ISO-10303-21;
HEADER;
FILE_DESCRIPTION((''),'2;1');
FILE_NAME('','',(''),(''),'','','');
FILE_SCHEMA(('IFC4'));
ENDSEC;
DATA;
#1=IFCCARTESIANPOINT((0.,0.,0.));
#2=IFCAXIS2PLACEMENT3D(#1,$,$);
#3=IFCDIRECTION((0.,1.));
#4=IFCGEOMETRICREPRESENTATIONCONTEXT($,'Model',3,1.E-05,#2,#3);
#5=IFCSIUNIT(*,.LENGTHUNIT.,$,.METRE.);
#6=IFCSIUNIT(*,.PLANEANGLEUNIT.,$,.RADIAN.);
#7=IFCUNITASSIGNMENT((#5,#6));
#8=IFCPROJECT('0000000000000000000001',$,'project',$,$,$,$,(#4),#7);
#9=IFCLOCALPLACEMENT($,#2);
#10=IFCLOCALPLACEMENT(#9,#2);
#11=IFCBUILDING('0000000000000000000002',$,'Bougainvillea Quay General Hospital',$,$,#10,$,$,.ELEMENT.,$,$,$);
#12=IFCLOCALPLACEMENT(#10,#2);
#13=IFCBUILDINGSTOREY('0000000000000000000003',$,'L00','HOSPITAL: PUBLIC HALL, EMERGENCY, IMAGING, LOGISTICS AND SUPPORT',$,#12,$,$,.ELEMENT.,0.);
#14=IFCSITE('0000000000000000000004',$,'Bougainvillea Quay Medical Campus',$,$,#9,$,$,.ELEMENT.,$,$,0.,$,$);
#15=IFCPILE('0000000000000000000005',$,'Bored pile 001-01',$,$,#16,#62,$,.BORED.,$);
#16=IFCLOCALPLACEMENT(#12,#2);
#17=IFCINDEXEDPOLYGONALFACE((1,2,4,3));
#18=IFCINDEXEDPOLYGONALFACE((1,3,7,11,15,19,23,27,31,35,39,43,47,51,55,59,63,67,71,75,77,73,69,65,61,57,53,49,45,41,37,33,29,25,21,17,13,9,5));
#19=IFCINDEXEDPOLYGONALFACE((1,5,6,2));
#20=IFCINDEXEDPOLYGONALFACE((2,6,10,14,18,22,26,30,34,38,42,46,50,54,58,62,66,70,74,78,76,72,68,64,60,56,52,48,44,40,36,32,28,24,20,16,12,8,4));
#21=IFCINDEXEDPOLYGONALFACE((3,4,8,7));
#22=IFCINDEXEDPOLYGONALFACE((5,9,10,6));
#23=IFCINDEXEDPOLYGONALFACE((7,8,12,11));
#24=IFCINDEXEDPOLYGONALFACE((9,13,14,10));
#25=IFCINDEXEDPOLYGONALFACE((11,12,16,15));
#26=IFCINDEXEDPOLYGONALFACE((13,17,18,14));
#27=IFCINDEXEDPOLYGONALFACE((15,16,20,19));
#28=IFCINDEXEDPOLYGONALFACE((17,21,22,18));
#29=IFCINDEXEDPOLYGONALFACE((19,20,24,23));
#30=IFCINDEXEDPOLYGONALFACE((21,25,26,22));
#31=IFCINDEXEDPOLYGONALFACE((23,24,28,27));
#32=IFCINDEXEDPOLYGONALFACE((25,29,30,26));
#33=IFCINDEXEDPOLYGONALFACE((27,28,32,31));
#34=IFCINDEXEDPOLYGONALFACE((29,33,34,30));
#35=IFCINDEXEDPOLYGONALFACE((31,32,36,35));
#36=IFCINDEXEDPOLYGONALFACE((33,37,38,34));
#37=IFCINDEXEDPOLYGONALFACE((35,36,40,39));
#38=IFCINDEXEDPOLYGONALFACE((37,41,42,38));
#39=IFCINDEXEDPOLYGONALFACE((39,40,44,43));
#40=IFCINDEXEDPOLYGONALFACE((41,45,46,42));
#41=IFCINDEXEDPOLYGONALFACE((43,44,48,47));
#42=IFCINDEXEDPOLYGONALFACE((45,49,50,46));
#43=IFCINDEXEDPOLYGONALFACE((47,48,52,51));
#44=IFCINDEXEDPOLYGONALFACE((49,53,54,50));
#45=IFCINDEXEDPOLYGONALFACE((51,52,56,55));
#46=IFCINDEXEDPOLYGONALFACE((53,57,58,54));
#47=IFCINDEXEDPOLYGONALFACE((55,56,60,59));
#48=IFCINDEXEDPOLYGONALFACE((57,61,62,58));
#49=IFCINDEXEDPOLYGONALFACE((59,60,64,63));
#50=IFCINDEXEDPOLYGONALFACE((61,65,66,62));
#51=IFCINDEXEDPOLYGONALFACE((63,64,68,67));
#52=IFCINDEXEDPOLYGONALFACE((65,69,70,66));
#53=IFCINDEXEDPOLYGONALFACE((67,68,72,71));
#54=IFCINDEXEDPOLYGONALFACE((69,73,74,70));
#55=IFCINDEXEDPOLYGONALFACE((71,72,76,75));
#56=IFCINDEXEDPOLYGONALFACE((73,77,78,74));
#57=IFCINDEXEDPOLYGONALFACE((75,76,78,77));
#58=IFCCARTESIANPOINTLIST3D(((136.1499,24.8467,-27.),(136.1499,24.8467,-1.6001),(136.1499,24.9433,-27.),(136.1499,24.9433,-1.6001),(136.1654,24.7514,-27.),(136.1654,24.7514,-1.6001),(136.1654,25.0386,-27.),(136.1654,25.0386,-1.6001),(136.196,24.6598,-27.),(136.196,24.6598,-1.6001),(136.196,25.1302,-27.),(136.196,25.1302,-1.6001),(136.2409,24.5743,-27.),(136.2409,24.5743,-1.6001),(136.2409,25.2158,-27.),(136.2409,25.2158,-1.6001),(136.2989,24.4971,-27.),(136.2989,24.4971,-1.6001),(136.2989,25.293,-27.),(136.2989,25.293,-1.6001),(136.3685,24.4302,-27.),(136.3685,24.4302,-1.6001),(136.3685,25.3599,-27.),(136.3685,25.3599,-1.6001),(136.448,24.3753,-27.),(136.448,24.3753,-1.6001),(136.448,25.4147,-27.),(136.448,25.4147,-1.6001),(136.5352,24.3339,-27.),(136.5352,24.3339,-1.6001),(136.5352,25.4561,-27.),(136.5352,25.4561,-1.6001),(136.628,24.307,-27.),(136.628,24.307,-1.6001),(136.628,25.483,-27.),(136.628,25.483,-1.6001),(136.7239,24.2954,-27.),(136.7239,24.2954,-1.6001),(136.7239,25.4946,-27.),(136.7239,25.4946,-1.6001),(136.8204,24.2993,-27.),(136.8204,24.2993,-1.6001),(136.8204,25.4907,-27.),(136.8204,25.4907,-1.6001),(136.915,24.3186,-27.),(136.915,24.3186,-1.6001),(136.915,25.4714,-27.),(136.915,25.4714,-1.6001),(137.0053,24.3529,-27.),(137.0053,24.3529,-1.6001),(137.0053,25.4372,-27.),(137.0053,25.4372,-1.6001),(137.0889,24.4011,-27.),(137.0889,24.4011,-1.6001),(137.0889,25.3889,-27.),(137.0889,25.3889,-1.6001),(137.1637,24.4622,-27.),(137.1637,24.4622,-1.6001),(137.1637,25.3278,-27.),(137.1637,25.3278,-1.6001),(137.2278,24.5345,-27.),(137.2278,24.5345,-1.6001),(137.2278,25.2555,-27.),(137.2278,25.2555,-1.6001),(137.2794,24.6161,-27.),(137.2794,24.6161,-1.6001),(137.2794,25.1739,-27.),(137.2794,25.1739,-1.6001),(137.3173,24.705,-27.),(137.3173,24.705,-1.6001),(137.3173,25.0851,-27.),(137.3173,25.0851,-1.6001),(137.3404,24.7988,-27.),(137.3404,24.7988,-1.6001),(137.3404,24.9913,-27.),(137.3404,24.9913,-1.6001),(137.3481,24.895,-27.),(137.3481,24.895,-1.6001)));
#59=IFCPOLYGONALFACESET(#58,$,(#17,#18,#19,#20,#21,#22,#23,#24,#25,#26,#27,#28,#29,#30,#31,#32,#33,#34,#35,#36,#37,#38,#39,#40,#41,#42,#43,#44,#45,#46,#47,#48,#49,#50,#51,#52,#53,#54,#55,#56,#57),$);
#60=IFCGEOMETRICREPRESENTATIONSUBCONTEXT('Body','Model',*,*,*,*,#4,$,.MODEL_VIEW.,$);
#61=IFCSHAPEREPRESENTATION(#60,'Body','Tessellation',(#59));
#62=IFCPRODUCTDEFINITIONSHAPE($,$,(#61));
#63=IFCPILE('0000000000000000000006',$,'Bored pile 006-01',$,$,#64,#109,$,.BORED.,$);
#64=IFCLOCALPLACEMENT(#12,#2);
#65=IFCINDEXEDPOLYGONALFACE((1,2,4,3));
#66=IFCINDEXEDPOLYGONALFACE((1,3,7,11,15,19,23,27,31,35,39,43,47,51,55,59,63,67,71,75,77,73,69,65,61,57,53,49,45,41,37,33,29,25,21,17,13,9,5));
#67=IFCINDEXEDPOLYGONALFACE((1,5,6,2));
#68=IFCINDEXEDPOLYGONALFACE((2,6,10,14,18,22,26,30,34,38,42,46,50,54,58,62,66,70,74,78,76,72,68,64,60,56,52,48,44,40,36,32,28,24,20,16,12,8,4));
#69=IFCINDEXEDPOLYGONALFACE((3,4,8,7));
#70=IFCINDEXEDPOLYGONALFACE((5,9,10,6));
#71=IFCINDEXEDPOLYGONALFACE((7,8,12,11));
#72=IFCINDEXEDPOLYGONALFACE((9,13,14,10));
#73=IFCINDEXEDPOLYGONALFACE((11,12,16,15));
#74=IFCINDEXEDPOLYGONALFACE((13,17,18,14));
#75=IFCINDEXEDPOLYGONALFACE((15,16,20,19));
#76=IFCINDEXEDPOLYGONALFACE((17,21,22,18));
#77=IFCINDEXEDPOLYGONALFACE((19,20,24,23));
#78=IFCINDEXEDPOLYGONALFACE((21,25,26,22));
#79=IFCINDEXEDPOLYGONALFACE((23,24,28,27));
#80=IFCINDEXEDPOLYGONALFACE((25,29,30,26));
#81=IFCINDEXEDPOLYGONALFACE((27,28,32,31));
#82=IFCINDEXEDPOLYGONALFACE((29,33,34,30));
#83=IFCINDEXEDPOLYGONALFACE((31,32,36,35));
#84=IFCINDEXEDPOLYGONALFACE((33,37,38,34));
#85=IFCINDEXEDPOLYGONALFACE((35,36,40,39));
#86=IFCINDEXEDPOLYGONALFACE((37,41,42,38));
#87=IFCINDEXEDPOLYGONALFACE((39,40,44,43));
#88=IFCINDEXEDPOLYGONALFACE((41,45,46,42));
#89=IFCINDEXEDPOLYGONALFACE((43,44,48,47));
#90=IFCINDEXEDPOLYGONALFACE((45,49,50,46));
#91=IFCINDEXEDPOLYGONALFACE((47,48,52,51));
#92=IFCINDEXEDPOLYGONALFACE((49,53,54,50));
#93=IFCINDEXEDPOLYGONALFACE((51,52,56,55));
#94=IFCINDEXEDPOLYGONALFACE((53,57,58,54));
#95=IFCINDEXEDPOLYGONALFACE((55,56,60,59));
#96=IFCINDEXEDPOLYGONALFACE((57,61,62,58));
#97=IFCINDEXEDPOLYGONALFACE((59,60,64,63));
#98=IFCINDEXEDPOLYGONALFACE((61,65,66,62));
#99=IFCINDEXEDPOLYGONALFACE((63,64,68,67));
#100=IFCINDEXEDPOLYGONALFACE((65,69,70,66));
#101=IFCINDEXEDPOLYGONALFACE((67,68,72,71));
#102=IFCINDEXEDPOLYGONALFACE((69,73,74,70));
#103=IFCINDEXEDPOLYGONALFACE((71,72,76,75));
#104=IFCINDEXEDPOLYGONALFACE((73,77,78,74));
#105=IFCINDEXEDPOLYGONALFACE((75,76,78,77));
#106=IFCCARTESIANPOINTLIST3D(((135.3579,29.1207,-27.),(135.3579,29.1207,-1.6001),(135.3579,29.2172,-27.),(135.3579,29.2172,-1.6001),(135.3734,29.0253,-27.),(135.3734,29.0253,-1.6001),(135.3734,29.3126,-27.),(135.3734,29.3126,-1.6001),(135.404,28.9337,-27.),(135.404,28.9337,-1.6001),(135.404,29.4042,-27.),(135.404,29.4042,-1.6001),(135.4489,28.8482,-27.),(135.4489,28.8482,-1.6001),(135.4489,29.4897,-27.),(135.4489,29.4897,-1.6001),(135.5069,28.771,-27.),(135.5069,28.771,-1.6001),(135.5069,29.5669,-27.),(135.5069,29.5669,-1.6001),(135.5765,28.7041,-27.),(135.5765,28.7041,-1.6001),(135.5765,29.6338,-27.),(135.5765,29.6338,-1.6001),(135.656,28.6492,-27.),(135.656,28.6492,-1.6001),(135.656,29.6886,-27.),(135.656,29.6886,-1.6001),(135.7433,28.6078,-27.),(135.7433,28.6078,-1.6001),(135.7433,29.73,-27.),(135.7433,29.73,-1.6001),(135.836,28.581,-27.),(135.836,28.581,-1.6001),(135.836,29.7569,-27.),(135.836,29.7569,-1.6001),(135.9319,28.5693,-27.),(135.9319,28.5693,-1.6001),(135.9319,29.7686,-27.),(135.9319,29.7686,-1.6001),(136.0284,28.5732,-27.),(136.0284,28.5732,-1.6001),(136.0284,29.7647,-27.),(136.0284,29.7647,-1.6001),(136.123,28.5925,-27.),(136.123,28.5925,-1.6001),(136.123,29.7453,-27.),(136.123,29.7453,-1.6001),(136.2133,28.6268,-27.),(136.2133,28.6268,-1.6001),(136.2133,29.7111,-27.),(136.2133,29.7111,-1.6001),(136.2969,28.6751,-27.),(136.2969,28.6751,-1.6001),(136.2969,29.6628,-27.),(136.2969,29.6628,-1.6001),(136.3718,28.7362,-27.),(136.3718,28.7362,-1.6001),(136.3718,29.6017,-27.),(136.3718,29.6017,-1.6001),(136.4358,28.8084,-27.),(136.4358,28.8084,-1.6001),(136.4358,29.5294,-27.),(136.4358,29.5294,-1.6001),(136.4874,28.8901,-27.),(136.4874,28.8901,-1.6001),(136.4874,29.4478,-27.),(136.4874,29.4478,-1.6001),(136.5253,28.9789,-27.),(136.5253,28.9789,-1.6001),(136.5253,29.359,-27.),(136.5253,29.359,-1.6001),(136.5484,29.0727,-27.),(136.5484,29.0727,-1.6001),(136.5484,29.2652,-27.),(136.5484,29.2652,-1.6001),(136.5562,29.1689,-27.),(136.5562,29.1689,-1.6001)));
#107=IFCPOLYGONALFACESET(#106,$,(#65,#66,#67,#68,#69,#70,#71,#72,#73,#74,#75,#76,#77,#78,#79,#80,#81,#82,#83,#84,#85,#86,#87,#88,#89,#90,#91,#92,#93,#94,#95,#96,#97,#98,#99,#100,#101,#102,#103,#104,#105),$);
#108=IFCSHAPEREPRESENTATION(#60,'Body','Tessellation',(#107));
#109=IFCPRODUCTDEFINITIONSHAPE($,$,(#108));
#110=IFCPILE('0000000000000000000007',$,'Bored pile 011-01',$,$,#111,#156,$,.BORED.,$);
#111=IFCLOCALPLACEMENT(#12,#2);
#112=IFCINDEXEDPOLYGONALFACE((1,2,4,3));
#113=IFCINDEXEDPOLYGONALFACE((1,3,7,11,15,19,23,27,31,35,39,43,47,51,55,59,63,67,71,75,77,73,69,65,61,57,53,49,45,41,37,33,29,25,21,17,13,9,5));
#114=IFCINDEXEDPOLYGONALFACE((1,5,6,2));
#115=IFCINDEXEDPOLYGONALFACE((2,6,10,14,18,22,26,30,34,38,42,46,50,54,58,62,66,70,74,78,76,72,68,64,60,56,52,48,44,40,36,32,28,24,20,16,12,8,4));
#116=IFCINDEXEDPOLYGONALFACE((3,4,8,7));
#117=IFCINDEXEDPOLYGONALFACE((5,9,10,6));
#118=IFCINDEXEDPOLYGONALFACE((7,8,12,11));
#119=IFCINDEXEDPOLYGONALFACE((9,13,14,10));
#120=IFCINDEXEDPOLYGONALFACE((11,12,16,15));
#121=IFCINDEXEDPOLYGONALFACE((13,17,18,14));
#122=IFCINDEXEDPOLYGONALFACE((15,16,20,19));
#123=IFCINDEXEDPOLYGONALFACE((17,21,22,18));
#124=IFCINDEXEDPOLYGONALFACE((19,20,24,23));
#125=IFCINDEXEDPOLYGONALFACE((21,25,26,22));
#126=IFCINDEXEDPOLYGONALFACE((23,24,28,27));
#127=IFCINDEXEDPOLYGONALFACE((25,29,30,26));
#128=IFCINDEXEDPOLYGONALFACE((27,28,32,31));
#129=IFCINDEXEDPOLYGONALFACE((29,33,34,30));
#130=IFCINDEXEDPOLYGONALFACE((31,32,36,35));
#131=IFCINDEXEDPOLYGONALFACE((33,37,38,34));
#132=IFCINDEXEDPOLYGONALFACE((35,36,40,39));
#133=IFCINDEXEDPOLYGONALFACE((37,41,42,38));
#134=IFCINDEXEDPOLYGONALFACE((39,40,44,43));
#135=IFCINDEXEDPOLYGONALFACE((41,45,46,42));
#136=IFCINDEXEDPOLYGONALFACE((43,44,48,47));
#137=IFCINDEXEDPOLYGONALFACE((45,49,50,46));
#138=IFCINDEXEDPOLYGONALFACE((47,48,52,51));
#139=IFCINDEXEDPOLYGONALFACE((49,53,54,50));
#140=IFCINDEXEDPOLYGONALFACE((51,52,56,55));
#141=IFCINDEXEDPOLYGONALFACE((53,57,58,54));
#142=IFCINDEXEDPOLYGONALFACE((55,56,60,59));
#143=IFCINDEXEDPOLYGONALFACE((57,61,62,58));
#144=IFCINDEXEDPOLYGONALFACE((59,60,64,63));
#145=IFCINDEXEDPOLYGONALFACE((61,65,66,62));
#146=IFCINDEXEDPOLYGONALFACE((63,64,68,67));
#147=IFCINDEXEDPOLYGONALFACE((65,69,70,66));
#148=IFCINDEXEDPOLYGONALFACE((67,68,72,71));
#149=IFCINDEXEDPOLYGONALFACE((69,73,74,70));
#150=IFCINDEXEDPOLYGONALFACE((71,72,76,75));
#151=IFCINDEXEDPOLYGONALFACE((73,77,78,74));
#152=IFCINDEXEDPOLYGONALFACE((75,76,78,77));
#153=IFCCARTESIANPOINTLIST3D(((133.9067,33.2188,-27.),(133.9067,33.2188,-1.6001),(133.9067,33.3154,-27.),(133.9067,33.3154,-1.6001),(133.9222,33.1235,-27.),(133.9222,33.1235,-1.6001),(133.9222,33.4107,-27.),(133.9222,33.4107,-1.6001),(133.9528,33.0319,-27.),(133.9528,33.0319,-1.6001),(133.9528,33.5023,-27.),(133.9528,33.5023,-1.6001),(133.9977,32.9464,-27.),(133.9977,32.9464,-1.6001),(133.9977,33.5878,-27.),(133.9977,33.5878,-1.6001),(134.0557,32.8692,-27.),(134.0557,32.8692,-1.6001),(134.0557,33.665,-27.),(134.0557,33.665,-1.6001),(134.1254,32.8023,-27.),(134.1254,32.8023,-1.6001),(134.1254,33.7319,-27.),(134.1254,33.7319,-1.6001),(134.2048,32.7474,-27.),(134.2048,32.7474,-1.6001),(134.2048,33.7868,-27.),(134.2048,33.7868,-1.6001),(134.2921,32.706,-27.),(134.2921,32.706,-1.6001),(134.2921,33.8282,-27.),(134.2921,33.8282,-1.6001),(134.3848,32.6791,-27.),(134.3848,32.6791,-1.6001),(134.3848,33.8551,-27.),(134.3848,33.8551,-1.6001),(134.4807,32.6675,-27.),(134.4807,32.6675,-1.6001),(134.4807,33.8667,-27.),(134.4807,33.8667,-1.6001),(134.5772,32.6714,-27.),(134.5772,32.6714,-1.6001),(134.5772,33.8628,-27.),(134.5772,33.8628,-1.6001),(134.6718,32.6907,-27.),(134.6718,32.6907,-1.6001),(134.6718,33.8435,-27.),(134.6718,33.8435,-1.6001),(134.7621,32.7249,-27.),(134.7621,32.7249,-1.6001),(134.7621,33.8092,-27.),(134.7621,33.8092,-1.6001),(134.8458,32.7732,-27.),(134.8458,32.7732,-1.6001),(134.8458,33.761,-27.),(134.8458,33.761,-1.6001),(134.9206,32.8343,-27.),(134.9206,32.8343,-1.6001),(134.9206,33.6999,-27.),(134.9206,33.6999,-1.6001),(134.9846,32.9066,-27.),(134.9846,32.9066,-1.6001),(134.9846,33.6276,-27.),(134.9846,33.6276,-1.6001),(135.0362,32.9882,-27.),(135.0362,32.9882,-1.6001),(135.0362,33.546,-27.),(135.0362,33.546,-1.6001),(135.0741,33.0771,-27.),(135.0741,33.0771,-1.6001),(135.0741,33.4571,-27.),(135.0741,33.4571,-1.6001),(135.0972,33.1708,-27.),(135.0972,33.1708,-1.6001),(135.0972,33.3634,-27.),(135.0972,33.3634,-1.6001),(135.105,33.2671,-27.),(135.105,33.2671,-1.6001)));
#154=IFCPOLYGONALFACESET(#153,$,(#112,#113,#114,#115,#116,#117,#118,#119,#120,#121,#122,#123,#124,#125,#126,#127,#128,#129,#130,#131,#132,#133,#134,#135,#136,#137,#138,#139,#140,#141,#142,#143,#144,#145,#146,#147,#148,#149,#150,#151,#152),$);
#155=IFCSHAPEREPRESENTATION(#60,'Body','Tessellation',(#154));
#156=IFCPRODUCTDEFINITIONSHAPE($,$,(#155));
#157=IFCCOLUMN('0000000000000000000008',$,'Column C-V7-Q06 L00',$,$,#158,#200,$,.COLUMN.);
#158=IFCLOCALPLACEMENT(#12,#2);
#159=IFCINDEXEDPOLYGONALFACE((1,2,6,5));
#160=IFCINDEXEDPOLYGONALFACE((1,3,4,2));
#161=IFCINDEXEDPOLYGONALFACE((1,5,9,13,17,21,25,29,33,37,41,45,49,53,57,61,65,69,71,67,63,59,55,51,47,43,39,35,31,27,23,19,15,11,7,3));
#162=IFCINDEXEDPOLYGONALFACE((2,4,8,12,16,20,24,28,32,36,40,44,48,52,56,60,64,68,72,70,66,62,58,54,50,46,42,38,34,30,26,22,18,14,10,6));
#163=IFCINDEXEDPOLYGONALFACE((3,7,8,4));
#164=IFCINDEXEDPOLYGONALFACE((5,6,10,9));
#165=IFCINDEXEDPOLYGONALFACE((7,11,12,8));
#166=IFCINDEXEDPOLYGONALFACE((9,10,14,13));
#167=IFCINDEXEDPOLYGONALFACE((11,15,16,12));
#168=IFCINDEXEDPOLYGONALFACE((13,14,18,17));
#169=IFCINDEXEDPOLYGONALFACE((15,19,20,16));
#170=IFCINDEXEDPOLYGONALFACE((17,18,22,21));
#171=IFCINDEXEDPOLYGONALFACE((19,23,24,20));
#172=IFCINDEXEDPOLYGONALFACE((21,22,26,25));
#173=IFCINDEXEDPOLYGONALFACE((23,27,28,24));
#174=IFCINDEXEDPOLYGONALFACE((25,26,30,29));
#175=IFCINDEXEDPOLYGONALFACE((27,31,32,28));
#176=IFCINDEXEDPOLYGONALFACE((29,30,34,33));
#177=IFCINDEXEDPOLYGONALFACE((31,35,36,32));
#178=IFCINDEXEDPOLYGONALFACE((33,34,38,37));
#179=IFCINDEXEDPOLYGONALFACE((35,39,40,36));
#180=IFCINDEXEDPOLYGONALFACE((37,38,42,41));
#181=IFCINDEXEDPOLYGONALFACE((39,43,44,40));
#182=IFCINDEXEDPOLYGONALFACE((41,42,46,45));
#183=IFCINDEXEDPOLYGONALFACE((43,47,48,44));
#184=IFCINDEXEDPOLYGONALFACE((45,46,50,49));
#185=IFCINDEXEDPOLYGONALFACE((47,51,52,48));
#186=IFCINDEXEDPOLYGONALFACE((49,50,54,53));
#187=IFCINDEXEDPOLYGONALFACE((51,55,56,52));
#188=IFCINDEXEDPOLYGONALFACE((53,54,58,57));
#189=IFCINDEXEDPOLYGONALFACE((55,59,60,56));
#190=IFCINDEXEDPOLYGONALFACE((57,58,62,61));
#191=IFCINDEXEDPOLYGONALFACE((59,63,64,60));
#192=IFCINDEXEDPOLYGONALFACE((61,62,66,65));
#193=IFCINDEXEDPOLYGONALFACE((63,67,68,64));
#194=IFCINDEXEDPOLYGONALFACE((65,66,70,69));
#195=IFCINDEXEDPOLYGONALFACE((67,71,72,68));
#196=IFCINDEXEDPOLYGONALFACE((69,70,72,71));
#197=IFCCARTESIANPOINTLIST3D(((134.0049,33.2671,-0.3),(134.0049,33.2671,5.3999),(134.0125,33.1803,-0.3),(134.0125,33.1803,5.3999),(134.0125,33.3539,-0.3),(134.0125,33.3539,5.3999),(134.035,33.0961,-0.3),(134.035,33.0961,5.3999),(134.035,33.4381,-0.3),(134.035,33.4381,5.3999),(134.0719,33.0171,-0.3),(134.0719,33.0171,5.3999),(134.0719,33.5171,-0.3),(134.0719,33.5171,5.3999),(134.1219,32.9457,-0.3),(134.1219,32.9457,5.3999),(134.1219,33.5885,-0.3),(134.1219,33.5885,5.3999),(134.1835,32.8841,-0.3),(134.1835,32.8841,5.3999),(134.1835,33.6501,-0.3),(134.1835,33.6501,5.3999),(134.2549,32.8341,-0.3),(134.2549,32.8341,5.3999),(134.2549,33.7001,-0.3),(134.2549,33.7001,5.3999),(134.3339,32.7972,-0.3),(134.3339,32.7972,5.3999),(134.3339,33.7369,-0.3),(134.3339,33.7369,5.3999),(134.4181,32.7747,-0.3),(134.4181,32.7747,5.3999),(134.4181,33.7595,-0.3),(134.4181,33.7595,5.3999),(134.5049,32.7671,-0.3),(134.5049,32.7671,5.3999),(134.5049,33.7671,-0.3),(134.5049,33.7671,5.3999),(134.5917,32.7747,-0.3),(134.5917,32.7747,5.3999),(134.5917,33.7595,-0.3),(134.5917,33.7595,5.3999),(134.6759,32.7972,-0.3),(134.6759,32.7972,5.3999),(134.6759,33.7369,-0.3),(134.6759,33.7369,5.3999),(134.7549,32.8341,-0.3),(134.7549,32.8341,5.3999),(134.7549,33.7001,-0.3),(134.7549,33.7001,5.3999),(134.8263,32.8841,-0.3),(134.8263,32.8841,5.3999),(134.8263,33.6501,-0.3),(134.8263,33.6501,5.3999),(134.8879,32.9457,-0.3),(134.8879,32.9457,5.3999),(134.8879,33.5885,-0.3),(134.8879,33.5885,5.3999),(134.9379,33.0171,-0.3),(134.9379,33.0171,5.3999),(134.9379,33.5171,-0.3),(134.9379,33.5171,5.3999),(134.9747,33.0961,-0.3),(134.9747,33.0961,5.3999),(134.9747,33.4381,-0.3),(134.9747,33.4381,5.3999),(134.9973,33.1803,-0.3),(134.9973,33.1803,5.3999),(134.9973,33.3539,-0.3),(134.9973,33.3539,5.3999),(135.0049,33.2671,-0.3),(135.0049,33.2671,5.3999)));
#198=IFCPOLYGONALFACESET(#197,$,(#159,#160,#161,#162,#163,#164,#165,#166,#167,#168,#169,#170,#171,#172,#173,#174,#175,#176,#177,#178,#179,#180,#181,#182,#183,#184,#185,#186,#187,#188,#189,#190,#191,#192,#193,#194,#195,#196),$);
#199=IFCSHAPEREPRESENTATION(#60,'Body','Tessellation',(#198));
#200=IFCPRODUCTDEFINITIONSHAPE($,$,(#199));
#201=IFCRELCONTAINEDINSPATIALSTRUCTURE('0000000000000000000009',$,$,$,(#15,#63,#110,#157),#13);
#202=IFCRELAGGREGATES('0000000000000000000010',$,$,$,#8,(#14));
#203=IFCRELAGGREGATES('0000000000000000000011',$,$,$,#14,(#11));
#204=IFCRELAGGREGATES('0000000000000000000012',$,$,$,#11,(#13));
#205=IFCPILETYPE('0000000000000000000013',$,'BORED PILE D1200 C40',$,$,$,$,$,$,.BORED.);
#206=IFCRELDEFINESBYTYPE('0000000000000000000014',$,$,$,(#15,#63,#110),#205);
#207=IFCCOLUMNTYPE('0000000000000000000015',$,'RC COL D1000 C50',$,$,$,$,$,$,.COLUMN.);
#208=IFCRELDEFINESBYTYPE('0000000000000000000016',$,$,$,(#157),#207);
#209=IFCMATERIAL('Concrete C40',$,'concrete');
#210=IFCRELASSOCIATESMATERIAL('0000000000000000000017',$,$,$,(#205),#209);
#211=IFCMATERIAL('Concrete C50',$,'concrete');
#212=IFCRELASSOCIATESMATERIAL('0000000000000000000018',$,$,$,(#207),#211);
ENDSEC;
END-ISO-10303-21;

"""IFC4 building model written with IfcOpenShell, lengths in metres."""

from ifc_helpers import new_model, si_unit, direction, frame, origin, origin_2d, place, context, subcontext, project, spatial, circle, extrude, material, material_profile, profile_set, type_object, element, save


model = new_model("IFC4")

# Units and contexts
model_context = context("Model", 3, precision=1e-05, world=origin(), true_north=direction((0.0, 1.0)))
body_context = subcontext(model_context, "Body", "Model", "MODEL_VIEW")
ifc_project = project(units=[si_unit("LENGTHUNIT", "METRE"), si_unit("PLANEANGLEUNIT", "RADIAN")], contexts=[model_context])

# Site, building, storey
site_placement = place(None, origin())
site = spatial("IfcSite", under=ifc_project, at=site_placement, Name="Bougainvillea Quay Medical Campus", CompositionType="ELEMENT", RefElevation=0.0)
building_placement = place(site_placement, origin())
building = spatial("IfcBuilding", under=site, at=building_placement, Name="Bougainvillea Quay General Hospital", CompositionType="ELEMENT")
storey_placement = place(building_placement, origin())
storey = spatial("IfcBuildingStorey", under=building, at=storey_placement, Name="L00", Description="HOSPITAL: PUBLIC HALL, EMERGENCY, IMAGING, LOGISTICS AND SUPPORT", CompositionType="ELEMENT", Elevation=0.0)

# Piles
ifc_material_1 = material(Name="Concrete C40", Category="concrete")
ifc_material_profile_1 = material_profile(ifc_material_1, circle(Radius=0.6001, at=origin_2d()))
ifc_profile_set_1 = profile_set([ifc_material_profile_1], Name="Concrete C40")
pile_type = type_object("IfcPileType", Name="BORED PILE D1200 C40", PredefinedType="BORED", material=ifc_profile_set_1)
for number, where, z_axis, x_axis, name in (
    (1, (136.748, 24.895, -1.6001), (0.0, 0.0, -1.0), (1.0, 0.0, 0.0), "Bored pile 001-01"),
    (2, (135.9561, 29.1689, -1.6001), (0.0, 0.0, -1.0), (1.0, 0.0, 0.0), "Bored pile 006-01"),
    (3, (134.5049, 33.2671, -1.6001), (0.0, 0.0, -1.0), (1.0, 0.0, 0.0), "Bored pile 011-01"),
):
    element("IfcPile", number, at=place(storey_placement, frame(where, z_axis=z_axis, x_axis=x_axis)), inside=storey, type_object=pile_type, Name=name, PredefinedType="BORED", context=body_context, shape_type="SweptSolid", body=[
        extrude(circle(Radius=0.6001, at=origin_2d()), origin(), (0.0, 0.0, 1.0), 25.3999),
    ])

# Column
ifc_material_2 = material(Name="Concrete C50", Category="concrete")
ifc_material_profile_2 = material_profile(ifc_material_2, circle(Radius=0.5, at=origin_2d()))
ifc_profile_set_2 = profile_set([ifc_material_profile_2], Name="Concrete C50")
column_type = type_object("IfcColumnType", Name="RC COL D1000 C50", PredefinedType="COLUMN", material=ifc_profile_set_2)
for number, where, z_axis, x_axis, name in (
    (4, (134.5049, 33.2671, -0.3), (0.0, 0.0, 1.0), (1.0, 0.0, 0.0), "Column C-V7-Q06 L00"),
):
    element("IfcColumn", number, at=place(storey_placement, frame(where, z_axis=z_axis, x_axis=x_axis)), inside=storey, type_object=column_type, Name=name, PredefinedType="COLUMN", context=body_context, shape_type="SweptSolid", body=[
        extrude(circle(Radius=0.5, at=origin_2d()), origin(), (0.0, 0.0, 1.0), 5.7),
    ])

save(model, "model.ifc")
